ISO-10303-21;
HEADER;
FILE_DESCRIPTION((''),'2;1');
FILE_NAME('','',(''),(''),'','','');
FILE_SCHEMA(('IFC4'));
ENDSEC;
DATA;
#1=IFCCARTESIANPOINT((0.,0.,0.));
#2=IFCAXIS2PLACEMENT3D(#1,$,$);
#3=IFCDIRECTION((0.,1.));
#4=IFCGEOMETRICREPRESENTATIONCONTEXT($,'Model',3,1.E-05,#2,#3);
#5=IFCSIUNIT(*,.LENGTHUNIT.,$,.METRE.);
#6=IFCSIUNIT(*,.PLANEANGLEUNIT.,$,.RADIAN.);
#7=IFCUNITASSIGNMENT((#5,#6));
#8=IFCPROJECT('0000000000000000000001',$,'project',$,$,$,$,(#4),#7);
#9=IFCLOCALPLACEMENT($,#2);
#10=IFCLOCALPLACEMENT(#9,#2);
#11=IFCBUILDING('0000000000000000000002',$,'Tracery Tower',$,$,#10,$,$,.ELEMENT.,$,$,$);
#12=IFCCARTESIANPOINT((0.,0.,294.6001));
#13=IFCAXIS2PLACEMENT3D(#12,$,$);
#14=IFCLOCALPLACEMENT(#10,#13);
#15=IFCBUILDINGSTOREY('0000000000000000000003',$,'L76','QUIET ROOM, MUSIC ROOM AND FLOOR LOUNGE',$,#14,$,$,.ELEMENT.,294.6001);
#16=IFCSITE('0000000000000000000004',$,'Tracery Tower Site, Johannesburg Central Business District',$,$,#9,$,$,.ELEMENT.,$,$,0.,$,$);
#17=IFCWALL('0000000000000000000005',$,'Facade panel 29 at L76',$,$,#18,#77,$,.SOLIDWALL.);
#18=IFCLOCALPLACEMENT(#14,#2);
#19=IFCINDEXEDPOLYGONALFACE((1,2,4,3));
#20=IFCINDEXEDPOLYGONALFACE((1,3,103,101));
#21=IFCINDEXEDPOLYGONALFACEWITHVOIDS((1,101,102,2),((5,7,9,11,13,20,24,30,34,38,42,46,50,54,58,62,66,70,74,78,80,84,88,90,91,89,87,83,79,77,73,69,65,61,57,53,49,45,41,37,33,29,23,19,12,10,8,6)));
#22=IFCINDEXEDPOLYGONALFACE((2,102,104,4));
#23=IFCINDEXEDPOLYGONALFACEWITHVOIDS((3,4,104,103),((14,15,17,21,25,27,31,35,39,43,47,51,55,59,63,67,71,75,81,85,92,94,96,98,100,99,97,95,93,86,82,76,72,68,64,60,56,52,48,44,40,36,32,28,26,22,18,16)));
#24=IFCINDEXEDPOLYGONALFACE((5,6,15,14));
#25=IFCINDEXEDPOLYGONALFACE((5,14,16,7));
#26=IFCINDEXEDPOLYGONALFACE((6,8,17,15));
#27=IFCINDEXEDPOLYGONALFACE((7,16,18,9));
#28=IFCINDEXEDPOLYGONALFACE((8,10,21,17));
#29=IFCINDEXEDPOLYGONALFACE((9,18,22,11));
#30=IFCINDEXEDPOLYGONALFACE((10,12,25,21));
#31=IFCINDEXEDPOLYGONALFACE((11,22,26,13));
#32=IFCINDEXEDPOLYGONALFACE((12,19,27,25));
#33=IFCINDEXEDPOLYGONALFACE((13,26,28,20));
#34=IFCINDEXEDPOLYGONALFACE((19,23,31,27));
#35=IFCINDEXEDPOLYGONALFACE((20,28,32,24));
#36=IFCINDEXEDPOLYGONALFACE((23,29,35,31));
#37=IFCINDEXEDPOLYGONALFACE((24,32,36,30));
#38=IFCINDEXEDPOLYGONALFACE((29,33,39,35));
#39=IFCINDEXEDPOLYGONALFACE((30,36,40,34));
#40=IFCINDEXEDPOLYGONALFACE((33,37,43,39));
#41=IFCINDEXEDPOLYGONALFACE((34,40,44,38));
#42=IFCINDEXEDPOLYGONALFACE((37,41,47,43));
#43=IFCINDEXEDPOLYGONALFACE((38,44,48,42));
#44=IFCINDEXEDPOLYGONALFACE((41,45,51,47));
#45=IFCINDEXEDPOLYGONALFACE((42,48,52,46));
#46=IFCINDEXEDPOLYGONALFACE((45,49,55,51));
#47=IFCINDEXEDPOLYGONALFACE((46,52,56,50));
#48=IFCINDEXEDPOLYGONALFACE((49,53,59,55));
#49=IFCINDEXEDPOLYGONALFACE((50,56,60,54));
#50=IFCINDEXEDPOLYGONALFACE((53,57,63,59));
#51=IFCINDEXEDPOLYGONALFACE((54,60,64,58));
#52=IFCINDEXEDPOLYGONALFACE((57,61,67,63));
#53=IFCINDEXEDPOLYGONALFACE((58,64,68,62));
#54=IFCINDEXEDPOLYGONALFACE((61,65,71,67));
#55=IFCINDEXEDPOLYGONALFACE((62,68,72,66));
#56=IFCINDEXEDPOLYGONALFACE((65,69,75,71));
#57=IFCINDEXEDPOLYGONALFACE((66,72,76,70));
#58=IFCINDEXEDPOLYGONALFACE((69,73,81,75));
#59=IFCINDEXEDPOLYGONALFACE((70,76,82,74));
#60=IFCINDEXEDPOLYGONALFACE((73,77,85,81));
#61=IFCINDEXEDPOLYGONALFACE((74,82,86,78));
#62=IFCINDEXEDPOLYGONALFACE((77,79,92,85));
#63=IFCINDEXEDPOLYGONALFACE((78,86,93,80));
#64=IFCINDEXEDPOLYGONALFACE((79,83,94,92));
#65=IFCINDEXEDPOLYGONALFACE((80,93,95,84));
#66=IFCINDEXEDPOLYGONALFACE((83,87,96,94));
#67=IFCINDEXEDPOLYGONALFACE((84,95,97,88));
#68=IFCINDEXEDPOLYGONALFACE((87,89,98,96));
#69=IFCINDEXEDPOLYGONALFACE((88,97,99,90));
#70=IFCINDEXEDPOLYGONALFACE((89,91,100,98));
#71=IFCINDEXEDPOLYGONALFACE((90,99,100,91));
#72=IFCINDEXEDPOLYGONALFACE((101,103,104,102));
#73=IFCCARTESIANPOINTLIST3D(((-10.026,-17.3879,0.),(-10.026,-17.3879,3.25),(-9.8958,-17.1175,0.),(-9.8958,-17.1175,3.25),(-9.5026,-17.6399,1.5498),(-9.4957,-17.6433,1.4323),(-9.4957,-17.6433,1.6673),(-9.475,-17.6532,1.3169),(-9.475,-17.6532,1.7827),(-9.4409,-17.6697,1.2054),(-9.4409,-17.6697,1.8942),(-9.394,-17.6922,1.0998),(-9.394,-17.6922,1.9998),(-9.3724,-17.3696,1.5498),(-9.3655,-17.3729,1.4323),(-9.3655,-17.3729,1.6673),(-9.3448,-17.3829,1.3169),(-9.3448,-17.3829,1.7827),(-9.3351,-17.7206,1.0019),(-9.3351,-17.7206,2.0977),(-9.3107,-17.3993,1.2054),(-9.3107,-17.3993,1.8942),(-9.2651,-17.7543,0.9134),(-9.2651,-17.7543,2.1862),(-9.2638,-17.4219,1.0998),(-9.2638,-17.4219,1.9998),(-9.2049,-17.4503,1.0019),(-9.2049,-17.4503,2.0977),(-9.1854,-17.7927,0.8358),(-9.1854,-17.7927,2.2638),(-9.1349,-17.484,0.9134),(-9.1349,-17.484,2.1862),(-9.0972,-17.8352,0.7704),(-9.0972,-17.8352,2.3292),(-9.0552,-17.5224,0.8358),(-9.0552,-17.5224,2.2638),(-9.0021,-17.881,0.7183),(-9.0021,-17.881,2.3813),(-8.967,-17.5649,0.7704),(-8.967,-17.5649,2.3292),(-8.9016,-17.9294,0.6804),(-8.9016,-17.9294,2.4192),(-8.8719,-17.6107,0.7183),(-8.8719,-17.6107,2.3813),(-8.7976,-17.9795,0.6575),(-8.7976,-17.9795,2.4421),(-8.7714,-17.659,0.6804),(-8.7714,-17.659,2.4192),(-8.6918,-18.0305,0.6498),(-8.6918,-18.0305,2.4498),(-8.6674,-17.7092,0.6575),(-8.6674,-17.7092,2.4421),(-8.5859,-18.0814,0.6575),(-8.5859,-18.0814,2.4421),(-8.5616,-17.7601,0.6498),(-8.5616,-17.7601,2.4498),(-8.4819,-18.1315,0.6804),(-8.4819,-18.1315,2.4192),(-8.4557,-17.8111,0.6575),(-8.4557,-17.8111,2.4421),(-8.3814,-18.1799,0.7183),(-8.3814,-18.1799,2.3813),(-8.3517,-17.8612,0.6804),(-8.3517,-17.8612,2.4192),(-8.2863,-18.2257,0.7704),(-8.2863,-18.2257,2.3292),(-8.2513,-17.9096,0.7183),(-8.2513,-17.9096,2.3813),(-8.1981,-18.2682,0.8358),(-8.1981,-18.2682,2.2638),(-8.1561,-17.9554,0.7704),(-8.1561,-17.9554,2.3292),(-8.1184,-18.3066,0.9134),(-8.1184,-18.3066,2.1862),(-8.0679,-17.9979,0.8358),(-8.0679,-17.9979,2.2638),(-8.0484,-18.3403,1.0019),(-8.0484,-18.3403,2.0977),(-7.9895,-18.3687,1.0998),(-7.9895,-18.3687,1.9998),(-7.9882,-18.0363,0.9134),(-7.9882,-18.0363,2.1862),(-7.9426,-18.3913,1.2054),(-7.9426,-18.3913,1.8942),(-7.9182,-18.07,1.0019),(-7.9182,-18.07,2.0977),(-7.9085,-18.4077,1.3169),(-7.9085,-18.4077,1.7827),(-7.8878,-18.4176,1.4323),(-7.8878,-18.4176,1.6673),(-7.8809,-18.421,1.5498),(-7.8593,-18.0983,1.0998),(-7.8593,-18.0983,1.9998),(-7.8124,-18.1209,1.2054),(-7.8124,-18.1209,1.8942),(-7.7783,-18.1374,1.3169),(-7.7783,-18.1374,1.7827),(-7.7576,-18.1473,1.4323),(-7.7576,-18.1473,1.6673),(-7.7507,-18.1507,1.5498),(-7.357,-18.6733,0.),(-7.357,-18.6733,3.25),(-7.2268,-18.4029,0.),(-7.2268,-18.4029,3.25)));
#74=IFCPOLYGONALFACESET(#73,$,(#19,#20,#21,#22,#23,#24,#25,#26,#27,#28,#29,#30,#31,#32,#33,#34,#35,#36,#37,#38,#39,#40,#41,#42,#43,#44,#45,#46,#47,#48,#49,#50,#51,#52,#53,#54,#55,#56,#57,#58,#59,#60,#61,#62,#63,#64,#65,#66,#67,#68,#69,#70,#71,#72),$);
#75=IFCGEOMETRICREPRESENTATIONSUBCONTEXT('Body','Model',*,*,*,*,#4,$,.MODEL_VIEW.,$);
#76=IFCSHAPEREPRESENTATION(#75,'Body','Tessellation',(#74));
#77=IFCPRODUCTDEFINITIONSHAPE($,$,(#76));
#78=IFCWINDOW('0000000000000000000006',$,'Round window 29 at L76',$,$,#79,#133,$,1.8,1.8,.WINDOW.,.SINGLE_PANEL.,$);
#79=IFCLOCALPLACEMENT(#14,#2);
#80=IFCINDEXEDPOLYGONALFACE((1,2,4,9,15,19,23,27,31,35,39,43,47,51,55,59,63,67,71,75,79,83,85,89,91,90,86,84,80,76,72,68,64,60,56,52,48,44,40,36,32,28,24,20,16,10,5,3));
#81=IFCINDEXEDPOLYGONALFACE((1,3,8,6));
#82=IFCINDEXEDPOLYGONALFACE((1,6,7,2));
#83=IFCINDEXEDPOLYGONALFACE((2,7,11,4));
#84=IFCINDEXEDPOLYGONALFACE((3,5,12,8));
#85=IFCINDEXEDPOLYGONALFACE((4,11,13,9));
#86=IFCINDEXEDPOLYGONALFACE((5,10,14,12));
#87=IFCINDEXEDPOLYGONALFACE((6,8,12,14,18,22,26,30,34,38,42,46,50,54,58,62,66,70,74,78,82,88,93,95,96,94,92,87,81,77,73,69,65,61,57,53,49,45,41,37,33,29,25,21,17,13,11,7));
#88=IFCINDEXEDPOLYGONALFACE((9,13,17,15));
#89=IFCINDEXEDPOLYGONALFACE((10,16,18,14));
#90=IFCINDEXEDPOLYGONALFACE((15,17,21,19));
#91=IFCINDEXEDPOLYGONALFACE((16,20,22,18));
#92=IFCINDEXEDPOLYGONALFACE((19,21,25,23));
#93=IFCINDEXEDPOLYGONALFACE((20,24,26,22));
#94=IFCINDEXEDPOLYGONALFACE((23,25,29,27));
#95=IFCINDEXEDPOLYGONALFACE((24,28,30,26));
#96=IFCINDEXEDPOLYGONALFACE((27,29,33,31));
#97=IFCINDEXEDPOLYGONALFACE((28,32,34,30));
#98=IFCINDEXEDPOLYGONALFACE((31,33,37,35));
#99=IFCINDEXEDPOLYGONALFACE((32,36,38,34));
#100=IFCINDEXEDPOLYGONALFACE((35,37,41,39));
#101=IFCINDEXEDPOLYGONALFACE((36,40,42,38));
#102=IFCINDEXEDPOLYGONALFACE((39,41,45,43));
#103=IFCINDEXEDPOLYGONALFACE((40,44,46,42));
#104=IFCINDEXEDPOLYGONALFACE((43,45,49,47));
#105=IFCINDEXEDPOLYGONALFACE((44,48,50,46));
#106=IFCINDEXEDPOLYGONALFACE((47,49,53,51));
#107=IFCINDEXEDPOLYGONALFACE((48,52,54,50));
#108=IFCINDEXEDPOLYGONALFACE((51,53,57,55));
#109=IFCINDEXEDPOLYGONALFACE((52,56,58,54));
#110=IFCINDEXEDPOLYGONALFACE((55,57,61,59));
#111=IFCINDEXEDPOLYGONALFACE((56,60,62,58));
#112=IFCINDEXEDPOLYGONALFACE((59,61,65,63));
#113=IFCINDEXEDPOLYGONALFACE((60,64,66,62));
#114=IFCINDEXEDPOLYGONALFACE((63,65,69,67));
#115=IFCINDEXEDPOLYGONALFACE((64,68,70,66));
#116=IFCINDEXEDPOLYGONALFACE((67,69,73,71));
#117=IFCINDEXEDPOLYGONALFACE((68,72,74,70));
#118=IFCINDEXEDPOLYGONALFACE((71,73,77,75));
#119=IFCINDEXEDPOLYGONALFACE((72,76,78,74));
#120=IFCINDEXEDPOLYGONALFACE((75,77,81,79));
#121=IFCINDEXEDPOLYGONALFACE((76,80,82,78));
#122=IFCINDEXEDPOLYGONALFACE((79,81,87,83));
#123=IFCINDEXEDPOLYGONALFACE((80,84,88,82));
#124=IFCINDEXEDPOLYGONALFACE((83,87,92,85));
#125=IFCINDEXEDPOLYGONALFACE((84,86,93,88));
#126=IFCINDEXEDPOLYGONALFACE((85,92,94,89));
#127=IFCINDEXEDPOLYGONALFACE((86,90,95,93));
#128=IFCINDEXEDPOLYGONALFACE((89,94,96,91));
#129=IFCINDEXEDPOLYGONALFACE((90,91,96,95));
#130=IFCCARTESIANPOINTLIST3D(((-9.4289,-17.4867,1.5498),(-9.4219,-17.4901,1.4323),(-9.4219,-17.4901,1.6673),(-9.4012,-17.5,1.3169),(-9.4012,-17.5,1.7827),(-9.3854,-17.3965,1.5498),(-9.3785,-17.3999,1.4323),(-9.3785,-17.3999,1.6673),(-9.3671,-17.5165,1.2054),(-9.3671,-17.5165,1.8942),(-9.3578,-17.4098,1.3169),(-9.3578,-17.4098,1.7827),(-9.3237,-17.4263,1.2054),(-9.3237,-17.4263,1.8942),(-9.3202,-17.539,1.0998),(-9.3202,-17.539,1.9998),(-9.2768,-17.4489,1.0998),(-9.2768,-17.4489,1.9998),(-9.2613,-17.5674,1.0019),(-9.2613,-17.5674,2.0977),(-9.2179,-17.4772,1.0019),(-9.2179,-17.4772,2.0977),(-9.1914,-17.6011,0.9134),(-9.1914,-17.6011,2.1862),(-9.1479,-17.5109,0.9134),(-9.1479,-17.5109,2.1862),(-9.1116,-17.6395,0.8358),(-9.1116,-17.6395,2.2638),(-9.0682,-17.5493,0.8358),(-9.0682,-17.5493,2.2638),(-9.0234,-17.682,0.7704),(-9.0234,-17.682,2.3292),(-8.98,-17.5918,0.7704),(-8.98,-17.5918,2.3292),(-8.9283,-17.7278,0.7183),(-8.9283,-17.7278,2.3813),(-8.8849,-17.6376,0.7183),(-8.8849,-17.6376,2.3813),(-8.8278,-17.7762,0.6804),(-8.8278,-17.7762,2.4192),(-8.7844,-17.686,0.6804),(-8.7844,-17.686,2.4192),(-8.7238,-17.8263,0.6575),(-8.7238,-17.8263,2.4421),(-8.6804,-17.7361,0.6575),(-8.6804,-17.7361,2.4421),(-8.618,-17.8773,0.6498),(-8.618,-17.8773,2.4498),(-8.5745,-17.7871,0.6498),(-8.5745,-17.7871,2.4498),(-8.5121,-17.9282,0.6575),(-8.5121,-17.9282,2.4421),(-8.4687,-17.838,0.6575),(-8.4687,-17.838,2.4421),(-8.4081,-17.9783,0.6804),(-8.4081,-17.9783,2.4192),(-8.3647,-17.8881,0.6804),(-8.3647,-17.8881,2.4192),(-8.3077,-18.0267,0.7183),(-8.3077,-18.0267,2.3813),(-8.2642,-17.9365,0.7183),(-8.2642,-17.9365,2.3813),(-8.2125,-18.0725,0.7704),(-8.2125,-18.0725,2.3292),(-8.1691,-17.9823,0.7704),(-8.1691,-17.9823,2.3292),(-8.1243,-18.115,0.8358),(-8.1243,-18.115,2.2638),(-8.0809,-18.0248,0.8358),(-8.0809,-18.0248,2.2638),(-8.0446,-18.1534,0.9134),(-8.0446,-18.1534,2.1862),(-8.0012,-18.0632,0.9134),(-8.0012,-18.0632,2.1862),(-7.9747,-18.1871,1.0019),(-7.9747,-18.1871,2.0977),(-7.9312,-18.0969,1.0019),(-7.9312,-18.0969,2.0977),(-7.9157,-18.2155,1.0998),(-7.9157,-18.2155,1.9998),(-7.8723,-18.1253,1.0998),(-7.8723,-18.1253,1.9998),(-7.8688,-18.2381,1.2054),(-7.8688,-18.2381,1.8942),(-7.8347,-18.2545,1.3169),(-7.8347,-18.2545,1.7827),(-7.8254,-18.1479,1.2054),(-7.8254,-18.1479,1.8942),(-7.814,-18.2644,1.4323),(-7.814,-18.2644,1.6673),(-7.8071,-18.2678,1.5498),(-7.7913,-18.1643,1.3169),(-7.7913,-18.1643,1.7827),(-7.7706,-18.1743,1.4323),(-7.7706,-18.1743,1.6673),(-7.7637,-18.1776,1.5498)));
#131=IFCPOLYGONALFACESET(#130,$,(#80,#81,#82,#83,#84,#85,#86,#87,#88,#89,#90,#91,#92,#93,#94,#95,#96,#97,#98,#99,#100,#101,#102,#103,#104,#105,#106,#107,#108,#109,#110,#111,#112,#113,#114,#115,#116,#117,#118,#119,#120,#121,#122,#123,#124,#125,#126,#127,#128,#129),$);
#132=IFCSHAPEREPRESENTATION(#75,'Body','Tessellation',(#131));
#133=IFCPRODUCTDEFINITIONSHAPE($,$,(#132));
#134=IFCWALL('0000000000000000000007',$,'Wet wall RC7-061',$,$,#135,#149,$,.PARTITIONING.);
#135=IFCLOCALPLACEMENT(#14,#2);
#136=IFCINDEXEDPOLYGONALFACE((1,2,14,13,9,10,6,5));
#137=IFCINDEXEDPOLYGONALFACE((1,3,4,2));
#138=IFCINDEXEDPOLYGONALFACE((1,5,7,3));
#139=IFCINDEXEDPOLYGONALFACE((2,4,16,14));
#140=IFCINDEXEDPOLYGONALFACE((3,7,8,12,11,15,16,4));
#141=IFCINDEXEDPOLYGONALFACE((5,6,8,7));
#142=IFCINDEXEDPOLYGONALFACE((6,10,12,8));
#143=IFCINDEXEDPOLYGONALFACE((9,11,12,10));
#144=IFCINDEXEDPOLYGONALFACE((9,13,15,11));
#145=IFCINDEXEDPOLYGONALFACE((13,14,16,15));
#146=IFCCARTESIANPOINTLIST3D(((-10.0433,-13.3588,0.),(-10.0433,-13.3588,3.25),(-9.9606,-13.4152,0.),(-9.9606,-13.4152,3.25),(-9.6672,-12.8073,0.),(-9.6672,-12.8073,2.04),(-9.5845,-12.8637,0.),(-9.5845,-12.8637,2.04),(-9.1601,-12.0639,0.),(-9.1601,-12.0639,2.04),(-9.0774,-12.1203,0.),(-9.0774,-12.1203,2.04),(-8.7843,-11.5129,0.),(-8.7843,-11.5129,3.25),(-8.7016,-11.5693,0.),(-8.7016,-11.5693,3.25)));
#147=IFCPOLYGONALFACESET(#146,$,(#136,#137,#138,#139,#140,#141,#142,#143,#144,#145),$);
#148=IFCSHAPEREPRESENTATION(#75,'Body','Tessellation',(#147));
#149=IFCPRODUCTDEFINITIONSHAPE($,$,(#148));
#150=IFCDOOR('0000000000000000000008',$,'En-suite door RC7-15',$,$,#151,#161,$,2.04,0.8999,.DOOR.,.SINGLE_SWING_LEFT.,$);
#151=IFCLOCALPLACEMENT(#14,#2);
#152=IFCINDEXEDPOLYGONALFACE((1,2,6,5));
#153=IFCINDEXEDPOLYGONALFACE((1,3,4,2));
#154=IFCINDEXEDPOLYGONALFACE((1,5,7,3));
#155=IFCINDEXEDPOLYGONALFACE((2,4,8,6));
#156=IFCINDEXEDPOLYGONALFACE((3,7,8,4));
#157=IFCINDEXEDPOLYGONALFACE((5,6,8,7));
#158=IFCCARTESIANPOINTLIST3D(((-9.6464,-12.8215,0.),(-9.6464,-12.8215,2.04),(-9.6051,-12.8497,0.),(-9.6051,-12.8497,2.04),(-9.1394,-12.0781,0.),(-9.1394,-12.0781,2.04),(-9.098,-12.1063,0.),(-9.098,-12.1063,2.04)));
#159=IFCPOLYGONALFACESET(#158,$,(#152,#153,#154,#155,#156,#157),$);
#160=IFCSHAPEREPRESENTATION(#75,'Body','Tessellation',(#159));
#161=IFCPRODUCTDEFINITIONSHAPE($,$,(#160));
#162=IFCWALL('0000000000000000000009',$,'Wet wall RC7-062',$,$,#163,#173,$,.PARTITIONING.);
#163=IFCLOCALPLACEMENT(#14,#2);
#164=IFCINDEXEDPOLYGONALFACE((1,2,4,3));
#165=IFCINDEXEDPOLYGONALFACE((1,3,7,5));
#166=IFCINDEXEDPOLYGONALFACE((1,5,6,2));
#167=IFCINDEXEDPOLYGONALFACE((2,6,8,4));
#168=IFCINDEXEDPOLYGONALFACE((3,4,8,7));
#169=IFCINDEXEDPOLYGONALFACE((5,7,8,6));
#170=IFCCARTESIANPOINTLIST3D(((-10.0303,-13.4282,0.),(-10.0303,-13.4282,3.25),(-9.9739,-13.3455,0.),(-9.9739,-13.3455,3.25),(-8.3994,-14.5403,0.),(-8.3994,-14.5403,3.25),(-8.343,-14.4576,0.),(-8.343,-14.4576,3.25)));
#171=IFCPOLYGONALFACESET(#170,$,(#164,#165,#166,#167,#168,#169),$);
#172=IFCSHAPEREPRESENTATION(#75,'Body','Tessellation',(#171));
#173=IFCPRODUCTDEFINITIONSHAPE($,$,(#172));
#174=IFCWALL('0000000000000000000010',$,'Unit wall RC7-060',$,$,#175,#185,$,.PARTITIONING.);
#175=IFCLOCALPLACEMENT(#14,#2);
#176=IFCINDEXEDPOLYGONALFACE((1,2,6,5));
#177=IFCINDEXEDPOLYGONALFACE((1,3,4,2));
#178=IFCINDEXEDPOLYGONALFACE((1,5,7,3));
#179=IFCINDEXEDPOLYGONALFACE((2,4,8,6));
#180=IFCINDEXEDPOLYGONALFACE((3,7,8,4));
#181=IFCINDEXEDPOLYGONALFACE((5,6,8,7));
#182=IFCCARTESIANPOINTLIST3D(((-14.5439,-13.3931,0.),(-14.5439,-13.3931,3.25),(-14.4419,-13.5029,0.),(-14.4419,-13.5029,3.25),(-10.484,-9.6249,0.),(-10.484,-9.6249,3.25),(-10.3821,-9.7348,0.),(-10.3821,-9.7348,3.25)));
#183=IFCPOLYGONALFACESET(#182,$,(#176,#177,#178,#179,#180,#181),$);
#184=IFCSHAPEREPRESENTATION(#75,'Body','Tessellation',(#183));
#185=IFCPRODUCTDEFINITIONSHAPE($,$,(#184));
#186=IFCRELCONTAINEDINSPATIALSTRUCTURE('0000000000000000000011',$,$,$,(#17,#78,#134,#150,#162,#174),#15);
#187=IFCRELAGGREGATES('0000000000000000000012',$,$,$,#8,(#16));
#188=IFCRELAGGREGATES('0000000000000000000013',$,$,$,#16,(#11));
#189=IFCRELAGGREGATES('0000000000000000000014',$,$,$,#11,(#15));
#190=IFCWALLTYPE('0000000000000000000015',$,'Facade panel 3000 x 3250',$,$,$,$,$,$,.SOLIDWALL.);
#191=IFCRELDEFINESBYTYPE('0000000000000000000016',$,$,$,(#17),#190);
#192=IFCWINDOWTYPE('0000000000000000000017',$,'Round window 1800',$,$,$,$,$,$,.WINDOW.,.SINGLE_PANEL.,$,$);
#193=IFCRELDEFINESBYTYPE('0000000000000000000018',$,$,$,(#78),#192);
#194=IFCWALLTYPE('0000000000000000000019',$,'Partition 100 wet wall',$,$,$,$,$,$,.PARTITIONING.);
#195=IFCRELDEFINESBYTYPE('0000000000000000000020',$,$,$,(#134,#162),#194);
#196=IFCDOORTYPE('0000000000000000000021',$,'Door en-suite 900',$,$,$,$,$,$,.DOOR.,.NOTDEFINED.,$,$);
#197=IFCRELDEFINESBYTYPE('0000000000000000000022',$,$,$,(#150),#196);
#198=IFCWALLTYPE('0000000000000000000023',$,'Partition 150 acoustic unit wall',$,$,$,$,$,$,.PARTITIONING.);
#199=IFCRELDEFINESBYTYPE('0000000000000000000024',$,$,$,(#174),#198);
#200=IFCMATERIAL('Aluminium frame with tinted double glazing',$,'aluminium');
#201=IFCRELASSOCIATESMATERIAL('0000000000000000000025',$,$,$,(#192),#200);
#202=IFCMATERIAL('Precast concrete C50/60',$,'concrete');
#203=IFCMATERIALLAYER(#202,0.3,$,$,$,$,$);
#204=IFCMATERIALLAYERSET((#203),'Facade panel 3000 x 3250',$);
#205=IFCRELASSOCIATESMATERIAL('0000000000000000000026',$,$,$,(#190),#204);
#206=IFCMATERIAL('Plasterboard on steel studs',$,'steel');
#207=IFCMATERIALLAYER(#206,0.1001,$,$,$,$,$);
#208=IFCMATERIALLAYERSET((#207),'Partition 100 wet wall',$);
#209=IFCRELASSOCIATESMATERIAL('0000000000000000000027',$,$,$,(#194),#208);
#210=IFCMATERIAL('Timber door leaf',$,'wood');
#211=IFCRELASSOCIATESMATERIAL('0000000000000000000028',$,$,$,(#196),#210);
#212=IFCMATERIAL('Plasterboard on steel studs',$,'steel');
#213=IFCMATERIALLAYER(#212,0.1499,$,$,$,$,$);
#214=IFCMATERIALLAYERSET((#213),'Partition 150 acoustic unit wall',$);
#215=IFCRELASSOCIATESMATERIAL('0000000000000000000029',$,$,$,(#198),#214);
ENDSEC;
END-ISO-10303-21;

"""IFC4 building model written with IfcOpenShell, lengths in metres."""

from ifc_helpers import new_model, si_unit, direction, frame, frame_2d, origin, origin_2d, place, context, subcontext, project, spatial, rectangle, circle, extrude, material, layer, layer_set, type_object, element, fill, save


model = new_model("IFC4")

# Units and contexts
model_context = context("Model", 3, precision=1e-05, world=origin(), true_north=direction((0.0, 1.0)))
body_context = subcontext(model_context, "Body", "Model", "MODEL_VIEW")
ifc_project = project(units=[si_unit("LENGTHUNIT", "METRE"), si_unit("PLANEANGLEUNIT", "RADIAN")], contexts=[model_context])

# Site, building, storey
site_placement = place(None, origin())
site = spatial("IfcSite", under=ifc_project, at=site_placement, Name="Tracery Tower Site, Johannesburg Central Business District", CompositionType="ELEMENT", RefElevation=0.0)
building_placement = place(site_placement, origin())
building = spatial("IfcBuilding", under=site, at=building_placement, Name="Tracery Tower", CompositionType="ELEMENT")
storey_placement = place(building_placement, frame((0.0, 0.0, 294.6001)))
storey = spatial("IfcBuildingStorey", under=building, at=storey_placement, Name="L76", Description="QUIET ROOM, MUSIC ROOM AND FLOOR LOUNGE", CompositionType="ELEMENT", Elevation=294.6001)

# Wall, opening, window
ifc_material_1 = material(Name="Aluminium frame with tinted double glazing", Category="aluminium")
window_type = type_object("IfcWindowType", Name="Round window 1800", PartitioningType="SINGLE_PANEL", PredefinedType="WINDOW", material=ifc_material_1)
ifc_material_2 = material(Name="Precast concrete C50/60", Category="concrete")
ifc_layer_1 = layer(ifc_material_2, 0.3)
ifc_layer_set_1 = layer_set([ifc_layer_1], Name="Facade panel 3000 x 3250")
wall_type_1 = type_object("IfcWallType", Name="Facade panel 3000 x 3250", PredefinedType="SOLIDWALL", material=ifc_layer_set_1)
wall_1_placement = place(storey_placement, frame((-9.9609, -17.2527, 0.0), z_axis=(0.0, 0.0, 1.0), x_axis=(0.900955, -0.433912, 0.0)))
wall_1 = element("IfcWall", 1, at=wall_1_placement, inside=storey, type_object=wall_type_1, Name="Facade panel 29 at L76", PredefinedType="SOLIDWALL", context=body_context, shape_type="SweptSolid", body=[
    extrude(rectangle(XDim=2.9624, YDim=0.3, at=frame_2d((1.4812, 0.0))), origin(), (0.0, 0.0, 1.0), 3.25),
])
opening_1_placement = place(wall_1_placement, frame((1.481, 0.0, 1.5498)))
opening_1 = element("IfcOpeningElement", 2, at=opening_1_placement, cuts=wall_1, PredefinedType="OPENING", context=body_context, shape_type="SweptSolid", body=[
    extrude(circle(Radius=0.9, at=origin_2d()), frame((0.0, 0.1599, 0.0), z_axis=(0.0, -1.0, 0.0), x_axis=(1.0, 0.0, 0.0)), (0.0, 0.0, 1.0), 0.3201),
])
window_1_placement = place(opening_1_placement, origin())
window_1 = element("IfcWindow", 3, at=window_1_placement, inside=storey, type_object=window_type, Name="Round window 29 at L76", OverallHeight=1.8, OverallWidth=1.8, PartitioningType="SINGLE_PANEL", PredefinedType="WINDOW", context=body_context, shape_type="SweptSolid", body=[
    extrude(circle(Radius=0.9, at=origin_2d()), frame((0.0, 0.1201, 0.0), z_axis=(0.0, -1.0, 0.0), x_axis=(1.0, 0.0, 0.0)), (0.0, 0.0, 1.0), 0.1001),
])
fill(opening_1, window_1)

# Wall, opening, door
ifc_material_3 = material(Name="Plasterboard on steel studs", Category="steel")
ifc_layer_2 = layer(ifc_material_3, 0.1001)
ifc_layer_set_2 = layer_set([ifc_layer_2], Name="Partition 100 wet wall")
wall_type_2 = type_object("IfcWallType", Name="Partition 100 wet wall", PredefinedType="PARTITIONING", material=ifc_layer_set_2)
wall_2_placement = place(storey_placement, frame((-10.002, -13.387, 0.0), z_axis=(0.0, 0.0, 1.0), x_axis=(0.563469, 0.826137, 0.0)))
wall_2 = element("IfcWall", 4, at=wall_2_placement, inside=storey, type_object=wall_type_2, Name="Wet wall RC7-061", PredefinedType="PARTITIONING", context=body_context, shape_type="SweptSolid", body=[
    extrude(rectangle(XDim=2.2344, YDim=0.1001, at=frame_2d((1.1172, 0.0))), origin(), (0.0, 0.0, 1.0), 3.25),
])
opening_2_placement = place(wall_2_placement, frame((0.6675, 0.0, 0.0)))
opening_2 = element("IfcOpeningElement", 5, at=opening_2_placement, cuts=wall_2, PredefinedType="OPENING", context=body_context, shape_type="SweptSolid", body=[
    extrude(rectangle(XDim=0.8999, YDim=2.04, at=frame_2d((0.45, 1.02))), frame((0.0, 0.05, 0.0), z_axis=(0.0, -1.0, 0.0), x_axis=(1.0, 0.0, 0.0)), (0.0, 0.0, 1.0), 0.1001),
])
ifc_material_4 = material(Name="Timber door leaf", Category="wood")
door_type = type_object("IfcDoorType", Name="Door en-suite 900", OperationType="NOTDEFINED", PredefinedType="DOOR", material=ifc_material_4)
door_placement = place(opening_2_placement, origin())
door = element("IfcDoor", 6, at=door_placement, inside=storey, type_object=door_type, Name="En-suite door RC7-15", OperationType="SINGLE_SWING_LEFT", OverallHeight=2.04, OverallWidth=0.8999, PredefinedType="DOOR", context=body_context, shape_type="SweptSolid", body=[
    extrude(rectangle(XDim=0.8999, YDim=2.04, at=frame_2d((0.45, 1.02))), frame((0.0, 0.0249, 0.0), z_axis=(0.0, -1.0, 0.0), x_axis=(1.0, 0.0, 0.0)), (0.0, 0.0, 1.0), 0.05),
])
fill(opening_2, door)

# Walls
wall_3_placement = place(storey_placement, frame((-10.002, -13.387, 0.0), z_axis=(0.0, 0.0, 1.0), x_axis=(0.826201, -0.563375, 0.0)))
element("IfcWall", 7, at=wall_3_placement, inside=storey, type_object=wall_type_2, Name="Wet wall RC7-062", PredefinedType="PARTITIONING", context=body_context, shape_type="SweptSolid", body=[
    extrude(rectangle(XDim=1.9739, YDim=0.1001, at=frame_2d((0.9868, 0.0))), origin(), (0.0, 0.0, 1.0), 3.25),
])
ifc_material_5 = material(Name="Plasterboard on steel studs", Category="steel")
ifc_layer_3 = layer(ifc_material_5, 0.1499)
ifc_layer_set_3 = layer_set([ifc_layer_3], Name="Partition 150 acoustic unit wall")
wall_type_3 = type_object("IfcWallType", Name="Partition 150 acoustic unit wall", PredefinedType="PARTITIONING", material=ifc_layer_set_3)
wall_4_placement = place(storey_placement, frame((-14.4929, -13.448, 0.0), z_axis=(0.0, 0.0, 1.0), x_axis=(0.732952, 0.68028, 0.0)))
element("IfcWall", 8, at=wall_4_placement, inside=storey, type_object=wall_type_3, Name="Unit wall RC7-060", PredefinedType="PARTITIONING", context=body_context, shape_type="SweptSolid", body=[
    extrude(rectangle(XDim=5.5391, YDim=0.1499, at=frame_2d((2.7695, 0.0))), origin(), (0.0, 0.0, 1.0), 3.25),
])

save(model, "model.ifc")
